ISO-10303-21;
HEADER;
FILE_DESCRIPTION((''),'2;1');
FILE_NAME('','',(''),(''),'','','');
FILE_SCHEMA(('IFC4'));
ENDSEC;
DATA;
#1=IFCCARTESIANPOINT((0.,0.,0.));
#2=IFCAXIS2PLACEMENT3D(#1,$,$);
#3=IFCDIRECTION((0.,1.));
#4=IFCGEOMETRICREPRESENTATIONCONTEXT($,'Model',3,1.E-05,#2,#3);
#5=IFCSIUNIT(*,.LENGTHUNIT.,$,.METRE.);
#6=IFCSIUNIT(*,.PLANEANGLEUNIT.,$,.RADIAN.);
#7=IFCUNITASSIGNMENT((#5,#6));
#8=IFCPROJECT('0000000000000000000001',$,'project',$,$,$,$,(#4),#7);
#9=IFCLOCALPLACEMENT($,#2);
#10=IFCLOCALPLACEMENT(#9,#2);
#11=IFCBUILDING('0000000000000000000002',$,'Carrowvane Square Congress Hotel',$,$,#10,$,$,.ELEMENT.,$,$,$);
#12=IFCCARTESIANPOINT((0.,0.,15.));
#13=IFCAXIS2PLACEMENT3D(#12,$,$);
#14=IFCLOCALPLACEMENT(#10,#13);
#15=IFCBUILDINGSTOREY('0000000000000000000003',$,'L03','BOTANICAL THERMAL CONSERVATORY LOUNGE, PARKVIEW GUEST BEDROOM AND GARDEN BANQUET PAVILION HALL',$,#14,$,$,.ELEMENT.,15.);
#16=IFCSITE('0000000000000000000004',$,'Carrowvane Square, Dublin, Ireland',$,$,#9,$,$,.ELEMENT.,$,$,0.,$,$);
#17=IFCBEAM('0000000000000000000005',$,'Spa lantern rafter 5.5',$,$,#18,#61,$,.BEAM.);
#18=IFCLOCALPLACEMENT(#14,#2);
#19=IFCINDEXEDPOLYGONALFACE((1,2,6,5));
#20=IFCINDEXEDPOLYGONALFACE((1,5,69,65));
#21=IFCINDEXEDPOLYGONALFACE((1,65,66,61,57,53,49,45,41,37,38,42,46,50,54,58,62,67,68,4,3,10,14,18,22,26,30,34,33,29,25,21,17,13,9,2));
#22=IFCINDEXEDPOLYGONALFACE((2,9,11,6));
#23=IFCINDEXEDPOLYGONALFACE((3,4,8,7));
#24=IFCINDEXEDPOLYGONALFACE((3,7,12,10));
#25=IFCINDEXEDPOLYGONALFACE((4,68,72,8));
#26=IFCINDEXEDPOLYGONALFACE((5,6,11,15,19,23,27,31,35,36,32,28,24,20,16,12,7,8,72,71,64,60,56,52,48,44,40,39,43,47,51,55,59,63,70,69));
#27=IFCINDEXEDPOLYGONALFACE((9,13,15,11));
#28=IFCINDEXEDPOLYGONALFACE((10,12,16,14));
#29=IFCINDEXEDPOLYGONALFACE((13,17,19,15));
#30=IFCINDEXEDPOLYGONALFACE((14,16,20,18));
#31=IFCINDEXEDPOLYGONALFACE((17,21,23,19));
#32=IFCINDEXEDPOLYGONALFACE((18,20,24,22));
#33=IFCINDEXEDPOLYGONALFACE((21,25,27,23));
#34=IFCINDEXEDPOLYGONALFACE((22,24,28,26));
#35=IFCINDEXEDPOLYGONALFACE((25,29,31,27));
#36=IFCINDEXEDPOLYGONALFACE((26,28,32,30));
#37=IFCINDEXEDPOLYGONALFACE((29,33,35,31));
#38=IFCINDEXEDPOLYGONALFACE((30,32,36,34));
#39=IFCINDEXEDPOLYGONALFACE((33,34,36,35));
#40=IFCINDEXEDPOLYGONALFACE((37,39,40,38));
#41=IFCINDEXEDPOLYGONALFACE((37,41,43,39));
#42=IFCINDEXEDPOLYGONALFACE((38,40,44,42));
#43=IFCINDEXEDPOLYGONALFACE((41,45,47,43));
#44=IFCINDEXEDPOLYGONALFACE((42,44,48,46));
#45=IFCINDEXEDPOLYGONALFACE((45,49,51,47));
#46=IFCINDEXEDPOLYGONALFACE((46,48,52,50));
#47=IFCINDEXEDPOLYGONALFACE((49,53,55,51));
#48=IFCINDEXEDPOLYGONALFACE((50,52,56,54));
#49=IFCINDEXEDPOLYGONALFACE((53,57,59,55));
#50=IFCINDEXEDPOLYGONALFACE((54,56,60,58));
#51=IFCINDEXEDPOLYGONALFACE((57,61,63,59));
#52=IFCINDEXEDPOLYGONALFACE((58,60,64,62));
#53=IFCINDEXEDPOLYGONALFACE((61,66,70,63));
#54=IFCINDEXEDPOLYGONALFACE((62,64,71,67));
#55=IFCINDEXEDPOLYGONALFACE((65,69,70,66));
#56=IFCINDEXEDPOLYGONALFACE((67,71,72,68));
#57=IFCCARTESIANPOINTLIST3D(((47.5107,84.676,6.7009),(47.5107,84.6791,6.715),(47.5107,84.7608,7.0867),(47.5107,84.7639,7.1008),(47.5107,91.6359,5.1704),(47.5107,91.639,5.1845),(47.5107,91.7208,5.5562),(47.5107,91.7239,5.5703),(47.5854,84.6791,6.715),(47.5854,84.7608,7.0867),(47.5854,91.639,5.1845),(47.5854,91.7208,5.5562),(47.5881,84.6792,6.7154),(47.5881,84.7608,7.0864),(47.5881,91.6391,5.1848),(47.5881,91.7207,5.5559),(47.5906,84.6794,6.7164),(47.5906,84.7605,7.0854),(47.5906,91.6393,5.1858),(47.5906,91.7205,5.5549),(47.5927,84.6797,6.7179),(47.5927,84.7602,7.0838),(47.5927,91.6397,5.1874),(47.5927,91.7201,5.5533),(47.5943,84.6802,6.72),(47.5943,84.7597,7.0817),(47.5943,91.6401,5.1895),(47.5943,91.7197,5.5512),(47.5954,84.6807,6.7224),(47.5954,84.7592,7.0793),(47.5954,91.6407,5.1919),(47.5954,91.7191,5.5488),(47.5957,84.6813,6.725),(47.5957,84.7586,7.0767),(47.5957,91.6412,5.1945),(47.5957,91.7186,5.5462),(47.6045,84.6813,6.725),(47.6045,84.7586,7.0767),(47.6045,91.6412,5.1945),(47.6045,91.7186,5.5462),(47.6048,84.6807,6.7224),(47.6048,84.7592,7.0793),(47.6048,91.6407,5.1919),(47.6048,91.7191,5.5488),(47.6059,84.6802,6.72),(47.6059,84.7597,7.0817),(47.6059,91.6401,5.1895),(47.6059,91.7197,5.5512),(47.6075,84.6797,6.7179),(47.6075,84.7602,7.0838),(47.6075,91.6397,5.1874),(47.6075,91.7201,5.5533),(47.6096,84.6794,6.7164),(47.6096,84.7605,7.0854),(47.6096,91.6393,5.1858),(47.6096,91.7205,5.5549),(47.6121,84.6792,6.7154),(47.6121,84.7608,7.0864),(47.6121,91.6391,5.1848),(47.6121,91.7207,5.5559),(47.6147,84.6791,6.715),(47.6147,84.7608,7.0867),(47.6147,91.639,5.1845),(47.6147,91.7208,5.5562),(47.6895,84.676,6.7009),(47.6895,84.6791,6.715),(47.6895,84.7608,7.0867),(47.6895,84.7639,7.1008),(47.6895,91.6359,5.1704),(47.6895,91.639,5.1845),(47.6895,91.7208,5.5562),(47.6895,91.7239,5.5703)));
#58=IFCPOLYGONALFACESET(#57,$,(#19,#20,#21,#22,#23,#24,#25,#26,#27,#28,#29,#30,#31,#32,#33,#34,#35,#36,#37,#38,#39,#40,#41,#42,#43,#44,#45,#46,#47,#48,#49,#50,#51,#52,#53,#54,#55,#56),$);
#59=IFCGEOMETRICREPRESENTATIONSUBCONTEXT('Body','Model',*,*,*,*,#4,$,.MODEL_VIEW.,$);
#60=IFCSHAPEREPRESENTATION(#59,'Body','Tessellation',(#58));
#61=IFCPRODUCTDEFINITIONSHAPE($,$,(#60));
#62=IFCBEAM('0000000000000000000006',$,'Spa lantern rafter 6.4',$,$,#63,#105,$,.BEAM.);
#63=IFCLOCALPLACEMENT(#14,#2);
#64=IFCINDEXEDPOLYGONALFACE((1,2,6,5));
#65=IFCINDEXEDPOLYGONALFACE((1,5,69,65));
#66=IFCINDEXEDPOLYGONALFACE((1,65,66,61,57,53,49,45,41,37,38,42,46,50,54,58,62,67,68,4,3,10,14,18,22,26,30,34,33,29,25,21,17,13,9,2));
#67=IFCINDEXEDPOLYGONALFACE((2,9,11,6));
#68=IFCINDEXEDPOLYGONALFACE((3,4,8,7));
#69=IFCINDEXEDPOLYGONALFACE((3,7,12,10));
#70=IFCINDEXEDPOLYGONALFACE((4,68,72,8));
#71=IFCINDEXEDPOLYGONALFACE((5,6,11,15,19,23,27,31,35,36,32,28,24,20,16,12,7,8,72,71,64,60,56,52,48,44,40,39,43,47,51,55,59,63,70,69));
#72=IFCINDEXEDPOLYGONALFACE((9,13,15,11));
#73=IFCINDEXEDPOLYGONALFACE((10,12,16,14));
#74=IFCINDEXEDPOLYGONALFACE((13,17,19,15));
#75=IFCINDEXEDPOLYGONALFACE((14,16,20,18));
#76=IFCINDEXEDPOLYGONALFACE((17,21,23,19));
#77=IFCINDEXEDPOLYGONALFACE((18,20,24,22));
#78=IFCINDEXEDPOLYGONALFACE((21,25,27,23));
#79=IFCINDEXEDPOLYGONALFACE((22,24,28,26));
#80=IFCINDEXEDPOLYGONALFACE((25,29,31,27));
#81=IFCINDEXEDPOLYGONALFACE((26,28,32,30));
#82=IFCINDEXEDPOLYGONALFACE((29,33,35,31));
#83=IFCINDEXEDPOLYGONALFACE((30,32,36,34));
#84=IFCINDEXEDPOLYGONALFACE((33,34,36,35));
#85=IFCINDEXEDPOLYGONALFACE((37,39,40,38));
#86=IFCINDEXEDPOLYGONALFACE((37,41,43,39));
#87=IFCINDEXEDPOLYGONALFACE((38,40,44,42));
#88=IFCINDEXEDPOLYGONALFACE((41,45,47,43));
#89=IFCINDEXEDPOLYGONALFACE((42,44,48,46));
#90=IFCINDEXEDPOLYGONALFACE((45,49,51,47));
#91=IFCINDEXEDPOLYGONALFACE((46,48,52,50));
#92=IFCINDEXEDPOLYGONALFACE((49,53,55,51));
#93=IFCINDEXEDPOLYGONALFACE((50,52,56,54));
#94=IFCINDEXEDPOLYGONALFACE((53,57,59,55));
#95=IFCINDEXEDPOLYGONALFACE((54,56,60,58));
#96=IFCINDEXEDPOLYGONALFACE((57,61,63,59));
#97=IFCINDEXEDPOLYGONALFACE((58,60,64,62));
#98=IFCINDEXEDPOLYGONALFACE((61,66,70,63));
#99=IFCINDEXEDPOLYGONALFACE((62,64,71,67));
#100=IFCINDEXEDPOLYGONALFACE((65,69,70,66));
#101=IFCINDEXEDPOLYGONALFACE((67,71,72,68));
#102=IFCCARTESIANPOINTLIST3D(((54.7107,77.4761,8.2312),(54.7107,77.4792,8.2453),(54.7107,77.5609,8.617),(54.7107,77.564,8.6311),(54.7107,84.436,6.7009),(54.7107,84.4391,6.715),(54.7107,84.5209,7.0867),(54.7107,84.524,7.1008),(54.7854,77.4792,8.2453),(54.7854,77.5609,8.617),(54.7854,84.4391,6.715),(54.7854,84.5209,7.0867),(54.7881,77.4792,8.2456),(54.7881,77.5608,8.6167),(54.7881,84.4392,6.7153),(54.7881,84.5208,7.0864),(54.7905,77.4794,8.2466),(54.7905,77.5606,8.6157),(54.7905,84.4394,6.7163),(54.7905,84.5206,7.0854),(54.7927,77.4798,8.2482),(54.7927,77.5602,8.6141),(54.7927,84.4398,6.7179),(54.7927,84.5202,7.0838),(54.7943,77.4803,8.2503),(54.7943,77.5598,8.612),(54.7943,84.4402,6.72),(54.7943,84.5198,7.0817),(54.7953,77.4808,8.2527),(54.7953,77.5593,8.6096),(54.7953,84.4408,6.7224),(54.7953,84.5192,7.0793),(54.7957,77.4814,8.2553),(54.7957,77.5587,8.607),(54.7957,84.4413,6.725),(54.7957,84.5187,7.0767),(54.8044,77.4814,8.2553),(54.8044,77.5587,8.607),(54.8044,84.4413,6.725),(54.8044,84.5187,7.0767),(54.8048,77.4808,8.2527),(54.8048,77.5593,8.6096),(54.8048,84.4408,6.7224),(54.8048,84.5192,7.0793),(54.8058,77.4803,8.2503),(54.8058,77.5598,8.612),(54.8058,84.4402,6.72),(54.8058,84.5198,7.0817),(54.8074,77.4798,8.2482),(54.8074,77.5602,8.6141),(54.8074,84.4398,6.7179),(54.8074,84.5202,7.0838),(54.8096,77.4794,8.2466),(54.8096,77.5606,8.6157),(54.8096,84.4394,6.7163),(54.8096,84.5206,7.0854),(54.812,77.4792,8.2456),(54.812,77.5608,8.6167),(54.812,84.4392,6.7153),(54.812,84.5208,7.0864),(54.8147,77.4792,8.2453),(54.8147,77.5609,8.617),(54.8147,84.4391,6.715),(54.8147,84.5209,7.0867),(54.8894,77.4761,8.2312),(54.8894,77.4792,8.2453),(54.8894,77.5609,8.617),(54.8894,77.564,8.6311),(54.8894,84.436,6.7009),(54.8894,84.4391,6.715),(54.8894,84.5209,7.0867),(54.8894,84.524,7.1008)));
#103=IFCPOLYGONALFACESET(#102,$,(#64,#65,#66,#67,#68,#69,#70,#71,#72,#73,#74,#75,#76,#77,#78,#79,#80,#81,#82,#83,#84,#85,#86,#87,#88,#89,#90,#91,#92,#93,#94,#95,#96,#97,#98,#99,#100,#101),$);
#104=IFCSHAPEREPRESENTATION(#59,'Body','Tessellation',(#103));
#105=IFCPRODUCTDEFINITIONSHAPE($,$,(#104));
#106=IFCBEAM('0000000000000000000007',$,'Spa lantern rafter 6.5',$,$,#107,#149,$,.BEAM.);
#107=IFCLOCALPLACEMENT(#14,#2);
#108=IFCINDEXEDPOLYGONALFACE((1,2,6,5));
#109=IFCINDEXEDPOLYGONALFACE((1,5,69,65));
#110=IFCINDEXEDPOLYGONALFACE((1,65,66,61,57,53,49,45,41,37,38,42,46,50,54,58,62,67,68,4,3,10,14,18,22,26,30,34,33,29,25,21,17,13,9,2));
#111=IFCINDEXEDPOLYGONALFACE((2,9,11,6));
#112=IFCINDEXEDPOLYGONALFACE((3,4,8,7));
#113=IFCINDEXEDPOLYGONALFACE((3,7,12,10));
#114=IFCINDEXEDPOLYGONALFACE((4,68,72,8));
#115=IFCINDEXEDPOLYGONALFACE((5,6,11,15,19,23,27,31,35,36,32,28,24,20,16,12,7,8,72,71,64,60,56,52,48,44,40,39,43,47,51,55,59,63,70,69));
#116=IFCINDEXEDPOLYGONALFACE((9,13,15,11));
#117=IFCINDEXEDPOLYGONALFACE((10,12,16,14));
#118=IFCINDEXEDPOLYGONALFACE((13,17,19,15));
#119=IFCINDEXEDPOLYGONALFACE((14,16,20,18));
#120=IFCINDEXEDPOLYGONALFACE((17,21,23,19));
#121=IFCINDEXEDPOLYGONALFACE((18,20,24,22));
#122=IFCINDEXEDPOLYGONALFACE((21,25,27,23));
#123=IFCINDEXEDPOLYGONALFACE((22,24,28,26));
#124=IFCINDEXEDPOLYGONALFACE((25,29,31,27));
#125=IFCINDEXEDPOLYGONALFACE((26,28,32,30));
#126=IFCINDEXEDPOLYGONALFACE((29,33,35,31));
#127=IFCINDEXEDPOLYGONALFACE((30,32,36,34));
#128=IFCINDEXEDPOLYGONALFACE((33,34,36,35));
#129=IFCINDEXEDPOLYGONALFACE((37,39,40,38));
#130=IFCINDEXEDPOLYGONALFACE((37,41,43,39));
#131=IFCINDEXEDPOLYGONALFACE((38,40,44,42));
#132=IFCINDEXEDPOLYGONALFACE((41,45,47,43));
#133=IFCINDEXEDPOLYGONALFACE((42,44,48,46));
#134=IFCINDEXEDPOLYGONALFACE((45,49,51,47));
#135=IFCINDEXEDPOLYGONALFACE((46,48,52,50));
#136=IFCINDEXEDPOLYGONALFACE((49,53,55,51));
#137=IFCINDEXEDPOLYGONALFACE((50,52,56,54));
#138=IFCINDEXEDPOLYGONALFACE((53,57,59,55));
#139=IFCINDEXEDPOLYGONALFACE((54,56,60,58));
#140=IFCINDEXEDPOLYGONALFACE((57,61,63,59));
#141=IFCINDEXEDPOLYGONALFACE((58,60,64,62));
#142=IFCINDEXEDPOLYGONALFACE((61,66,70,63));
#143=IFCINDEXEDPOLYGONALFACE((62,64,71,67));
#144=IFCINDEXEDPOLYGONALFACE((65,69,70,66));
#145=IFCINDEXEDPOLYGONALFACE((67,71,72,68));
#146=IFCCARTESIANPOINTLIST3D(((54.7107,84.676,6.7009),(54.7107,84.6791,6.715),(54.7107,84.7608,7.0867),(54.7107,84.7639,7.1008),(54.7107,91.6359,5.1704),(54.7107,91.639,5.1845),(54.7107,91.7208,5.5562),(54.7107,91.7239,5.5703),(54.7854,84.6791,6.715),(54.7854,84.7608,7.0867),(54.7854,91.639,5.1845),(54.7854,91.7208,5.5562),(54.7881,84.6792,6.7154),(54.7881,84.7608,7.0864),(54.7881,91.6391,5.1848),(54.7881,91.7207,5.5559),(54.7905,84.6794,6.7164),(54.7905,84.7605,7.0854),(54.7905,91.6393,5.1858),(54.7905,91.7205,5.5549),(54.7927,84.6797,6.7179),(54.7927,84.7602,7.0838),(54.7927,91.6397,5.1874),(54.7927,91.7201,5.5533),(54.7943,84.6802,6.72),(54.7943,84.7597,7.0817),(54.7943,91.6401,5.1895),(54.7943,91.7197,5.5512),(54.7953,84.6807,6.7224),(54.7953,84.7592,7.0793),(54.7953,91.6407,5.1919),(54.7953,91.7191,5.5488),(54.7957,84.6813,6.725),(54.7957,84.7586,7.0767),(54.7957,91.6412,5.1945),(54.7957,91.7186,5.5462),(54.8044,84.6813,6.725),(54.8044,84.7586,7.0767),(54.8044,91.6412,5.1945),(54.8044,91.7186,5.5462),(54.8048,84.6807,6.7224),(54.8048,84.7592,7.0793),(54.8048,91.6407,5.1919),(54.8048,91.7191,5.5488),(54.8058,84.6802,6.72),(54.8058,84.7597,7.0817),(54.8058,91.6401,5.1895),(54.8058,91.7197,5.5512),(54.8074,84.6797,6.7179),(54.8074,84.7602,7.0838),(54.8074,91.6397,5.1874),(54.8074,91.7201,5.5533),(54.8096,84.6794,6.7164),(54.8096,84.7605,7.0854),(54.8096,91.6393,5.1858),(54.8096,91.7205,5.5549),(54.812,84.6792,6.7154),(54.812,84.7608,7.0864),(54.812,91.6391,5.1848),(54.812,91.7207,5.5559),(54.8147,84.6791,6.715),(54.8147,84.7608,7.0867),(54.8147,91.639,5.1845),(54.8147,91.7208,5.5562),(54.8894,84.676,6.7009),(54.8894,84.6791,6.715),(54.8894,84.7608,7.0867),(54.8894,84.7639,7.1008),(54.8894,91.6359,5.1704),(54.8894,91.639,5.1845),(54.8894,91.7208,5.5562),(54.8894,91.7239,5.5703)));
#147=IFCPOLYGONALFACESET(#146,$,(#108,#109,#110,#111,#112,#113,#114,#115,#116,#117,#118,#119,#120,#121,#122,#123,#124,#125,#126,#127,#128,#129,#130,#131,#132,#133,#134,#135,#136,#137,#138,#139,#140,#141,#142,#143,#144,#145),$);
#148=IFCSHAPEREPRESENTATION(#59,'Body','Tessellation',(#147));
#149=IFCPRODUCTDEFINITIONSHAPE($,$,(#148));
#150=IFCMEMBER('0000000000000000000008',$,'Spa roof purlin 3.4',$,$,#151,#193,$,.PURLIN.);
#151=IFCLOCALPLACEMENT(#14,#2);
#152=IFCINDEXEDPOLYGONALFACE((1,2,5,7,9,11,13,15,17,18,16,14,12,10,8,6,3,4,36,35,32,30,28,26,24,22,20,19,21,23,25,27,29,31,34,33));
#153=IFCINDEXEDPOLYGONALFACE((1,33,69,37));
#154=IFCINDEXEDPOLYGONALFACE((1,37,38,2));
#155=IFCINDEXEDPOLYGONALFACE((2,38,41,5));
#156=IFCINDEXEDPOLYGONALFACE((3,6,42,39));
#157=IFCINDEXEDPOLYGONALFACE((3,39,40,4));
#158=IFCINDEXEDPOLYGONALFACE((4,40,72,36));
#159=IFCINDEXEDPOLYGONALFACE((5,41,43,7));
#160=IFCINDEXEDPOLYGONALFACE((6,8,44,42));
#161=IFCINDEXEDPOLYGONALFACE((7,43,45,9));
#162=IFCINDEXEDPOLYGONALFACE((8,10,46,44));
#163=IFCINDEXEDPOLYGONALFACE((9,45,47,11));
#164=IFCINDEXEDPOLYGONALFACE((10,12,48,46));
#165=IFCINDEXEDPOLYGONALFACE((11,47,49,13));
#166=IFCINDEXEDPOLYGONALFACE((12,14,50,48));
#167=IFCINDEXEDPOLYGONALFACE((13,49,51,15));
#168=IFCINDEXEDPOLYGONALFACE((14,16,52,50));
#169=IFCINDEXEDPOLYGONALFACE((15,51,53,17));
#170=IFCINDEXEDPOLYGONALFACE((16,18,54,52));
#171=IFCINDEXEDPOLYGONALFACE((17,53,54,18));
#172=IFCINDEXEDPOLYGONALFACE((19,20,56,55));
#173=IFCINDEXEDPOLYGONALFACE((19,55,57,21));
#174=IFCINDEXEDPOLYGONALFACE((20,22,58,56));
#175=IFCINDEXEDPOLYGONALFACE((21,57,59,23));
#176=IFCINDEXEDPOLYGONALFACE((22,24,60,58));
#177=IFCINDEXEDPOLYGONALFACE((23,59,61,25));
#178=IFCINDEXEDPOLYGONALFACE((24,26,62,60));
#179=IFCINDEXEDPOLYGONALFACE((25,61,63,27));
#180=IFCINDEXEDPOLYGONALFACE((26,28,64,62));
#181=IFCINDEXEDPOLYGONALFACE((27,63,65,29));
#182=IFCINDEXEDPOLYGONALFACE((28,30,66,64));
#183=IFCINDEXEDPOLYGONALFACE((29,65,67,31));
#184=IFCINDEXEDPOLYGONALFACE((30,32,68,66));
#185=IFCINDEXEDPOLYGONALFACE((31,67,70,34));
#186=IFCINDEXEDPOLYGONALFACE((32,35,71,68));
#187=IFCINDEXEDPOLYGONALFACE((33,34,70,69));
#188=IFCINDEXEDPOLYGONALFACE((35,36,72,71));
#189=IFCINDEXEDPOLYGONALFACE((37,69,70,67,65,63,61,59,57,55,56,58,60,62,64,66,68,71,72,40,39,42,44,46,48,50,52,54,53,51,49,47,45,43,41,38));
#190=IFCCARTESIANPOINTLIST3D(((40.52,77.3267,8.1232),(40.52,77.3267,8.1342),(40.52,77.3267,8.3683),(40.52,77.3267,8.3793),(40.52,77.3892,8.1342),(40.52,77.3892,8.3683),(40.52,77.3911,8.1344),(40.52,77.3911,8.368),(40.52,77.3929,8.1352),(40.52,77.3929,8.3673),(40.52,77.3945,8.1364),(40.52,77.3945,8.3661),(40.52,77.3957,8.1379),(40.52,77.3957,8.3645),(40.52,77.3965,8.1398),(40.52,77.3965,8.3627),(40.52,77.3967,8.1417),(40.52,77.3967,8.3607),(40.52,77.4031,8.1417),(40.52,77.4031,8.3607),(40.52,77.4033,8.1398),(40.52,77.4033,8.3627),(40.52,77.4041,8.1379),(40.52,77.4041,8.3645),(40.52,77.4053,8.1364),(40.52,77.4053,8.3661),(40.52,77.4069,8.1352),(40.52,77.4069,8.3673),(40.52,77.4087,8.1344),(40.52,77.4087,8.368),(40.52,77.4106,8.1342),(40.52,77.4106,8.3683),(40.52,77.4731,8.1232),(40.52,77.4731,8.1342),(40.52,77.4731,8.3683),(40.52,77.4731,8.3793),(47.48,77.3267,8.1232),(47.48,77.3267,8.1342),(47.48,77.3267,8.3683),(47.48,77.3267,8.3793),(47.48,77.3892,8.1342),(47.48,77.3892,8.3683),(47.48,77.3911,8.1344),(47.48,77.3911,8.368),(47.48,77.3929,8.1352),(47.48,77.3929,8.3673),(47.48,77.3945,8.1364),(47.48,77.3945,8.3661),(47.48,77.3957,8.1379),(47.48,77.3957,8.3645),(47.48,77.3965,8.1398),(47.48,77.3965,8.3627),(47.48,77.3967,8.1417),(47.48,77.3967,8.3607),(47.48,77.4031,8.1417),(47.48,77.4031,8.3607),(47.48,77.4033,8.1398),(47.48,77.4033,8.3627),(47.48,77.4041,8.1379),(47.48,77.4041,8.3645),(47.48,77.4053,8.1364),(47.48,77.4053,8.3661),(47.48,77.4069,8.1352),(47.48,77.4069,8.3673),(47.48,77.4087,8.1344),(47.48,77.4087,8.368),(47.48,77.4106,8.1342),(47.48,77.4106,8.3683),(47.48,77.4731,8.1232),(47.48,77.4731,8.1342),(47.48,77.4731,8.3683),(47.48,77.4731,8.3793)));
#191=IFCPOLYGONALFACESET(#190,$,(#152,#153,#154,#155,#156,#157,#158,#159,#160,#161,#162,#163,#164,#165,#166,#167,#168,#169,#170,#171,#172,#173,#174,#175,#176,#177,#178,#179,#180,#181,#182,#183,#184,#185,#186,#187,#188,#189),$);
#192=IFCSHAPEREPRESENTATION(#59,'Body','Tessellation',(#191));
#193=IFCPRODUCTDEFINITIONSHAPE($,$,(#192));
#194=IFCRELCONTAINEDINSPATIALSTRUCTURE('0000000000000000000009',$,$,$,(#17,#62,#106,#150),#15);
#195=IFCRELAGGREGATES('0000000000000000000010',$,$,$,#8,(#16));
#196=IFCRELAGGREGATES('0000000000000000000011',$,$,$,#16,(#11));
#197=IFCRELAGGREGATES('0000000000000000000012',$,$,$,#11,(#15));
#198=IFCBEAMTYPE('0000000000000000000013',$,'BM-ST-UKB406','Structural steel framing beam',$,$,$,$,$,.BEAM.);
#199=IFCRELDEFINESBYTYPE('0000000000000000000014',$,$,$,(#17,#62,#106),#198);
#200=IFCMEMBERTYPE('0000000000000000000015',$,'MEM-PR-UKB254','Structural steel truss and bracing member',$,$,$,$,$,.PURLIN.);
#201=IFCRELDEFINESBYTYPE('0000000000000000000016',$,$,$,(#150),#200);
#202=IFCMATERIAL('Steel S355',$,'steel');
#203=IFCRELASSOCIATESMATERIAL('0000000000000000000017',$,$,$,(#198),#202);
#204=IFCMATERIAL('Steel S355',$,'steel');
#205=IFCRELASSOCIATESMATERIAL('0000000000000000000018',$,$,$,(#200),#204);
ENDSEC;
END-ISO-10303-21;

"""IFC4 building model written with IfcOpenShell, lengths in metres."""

from ifc_helpers import new_model, si_unit, direction, frame, origin, origin_2d, place, context, subcontext, project, spatial, i_section, extrude, material, material_profile, profile_set, type_object, element, save


model = new_model("IFC4")

# Units and contexts
model_context = context("Model", 3, precision=1e-05, world=origin(), true_north=direction((0.0, 1.0)))
body_context = subcontext(model_context, "Body", "Model", "MODEL_VIEW")
ifc_project = project(units=[si_unit("LENGTHUNIT", "METRE"), si_unit("PLANEANGLEUNIT", "RADIAN")], contexts=[model_context])

# Site, building, storey
site_placement = place(None, origin())
site = spatial("IfcSite", under=ifc_project, at=site_placement, Name="Carrowvane Square, Dublin, Ireland", CompositionType="ELEMENT", RefElevation=0.0)
building_placement = place(site_placement, origin())
building = spatial("IfcBuilding", under=site, at=building_placement, Name="Carrowvane Square Congress Hotel", CompositionType="ELEMENT")
storey_placement = place(building_placement, frame((0.0, 0.0, 15.0)))
storey = spatial("IfcBuildingStorey", under=building, at=storey_placement, Name="L03", Description="BOTANICAL THERMAL CONSERVATORY LOUNGE, PARKVIEW GUEST BEDROOM AND GARDEN BANQUET PAVILION HALL", CompositionType="ELEMENT", Elevation=15.0)

# Beams
ifc_material_1 = material(Name="Steel S355", Category="steel")
ifc_material_profile_1 = material_profile(ifc_material_1, i_section(OverallWidth=0.1787, OverallDepth=0.4094, WebThickness=0.0088, FlangeThickness=0.0144, FilletRadius=0.0103, at=origin_2d()), Name="UKB 406x178x67")
ifc_profile_set_1 = profile_set([ifc_material_profile_1], Name="Steel S355")
beam_type_1 = type_object("IfcBeamType", Name="BM-ST-UKB406", Description="Structural steel framing beam", PredefinedType="BEAM", material=ifc_profile_set_1)
for number, where, z_axis, x_axis, name in (
    (1, (47.6001, 84.72, 6.9009), (0.0, 0.976664, -0.214772), (-1.0, 0.0, 0.0), "Spa lantern rafter 5.5"),
    (2, (54.8, 77.52, 8.4312), (0.0, 0.976671, -0.214739), (-1.0, 0.0, 0.0), "Spa lantern rafter 6.4"),
    (3, (54.8, 84.72, 6.9009), (0.0, 0.976664, -0.214772), (-1.0, 0.0, 0.0), "Spa lantern rafter 6.5"),
):
    element("IfcBeam", number, at=place(storey_placement, frame(where, z_axis=z_axis, x_axis=x_axis)), inside=storey, type_object=beam_type_1, Name=name, PredefinedType="BEAM", context=body_context, shape_type="SweptSolid", body=[
        extrude(i_section(OverallWidth=0.1787, OverallDepth=0.4094, WebThickness=0.0088, FlangeThickness=0.0144, FilletRadius=0.0103, at=origin_2d()), origin(), (0.0, 0.0, 1.0), 7.1262),
    ])

# Member
ifc_material_2 = material(Name="Steel S355", Category="steel")
ifc_material_profile_2 = material_profile(ifc_material_2, i_section(OverallWidth=0.1465, OverallDepth=0.2561, WebThickness=0.0063, FlangeThickness=0.011, FilletRadius=0.0076, at=origin_2d()), Name="UKB 254x146x37")
ifc_profile_set_2 = profile_set([ifc_material_profile_2], Name="Steel S355")
member_type = type_object("IfcMemberType", Name="MEM-PR-UKB254", Description="Structural steel truss and bracing member", PredefinedType="PURLIN", material=ifc_profile_set_2)
for number, where, z_axis, x_axis, name in (
    (4, (40.52, 77.3999, 8.2512), (1.0, 0.0, 0.0), (0.0, 1.0, 0.0), "Spa roof purlin 3.4"),
):
    element("IfcMember", number, at=place(storey_placement, frame(where, z_axis=z_axis, x_axis=x_axis)), inside=storey, type_object=member_type, Name=name, PredefinedType="PURLIN", context=body_context, shape_type="SweptSolid", body=[
        extrude(i_section(OverallWidth=0.1465, OverallDepth=0.2561, WebThickness=0.0063, FlangeThickness=0.011, FilletRadius=0.0076, at=origin_2d()), origin(), (0.0, 0.0, 1.0), 6.96),
    ])

save(model, "model.ifc")
